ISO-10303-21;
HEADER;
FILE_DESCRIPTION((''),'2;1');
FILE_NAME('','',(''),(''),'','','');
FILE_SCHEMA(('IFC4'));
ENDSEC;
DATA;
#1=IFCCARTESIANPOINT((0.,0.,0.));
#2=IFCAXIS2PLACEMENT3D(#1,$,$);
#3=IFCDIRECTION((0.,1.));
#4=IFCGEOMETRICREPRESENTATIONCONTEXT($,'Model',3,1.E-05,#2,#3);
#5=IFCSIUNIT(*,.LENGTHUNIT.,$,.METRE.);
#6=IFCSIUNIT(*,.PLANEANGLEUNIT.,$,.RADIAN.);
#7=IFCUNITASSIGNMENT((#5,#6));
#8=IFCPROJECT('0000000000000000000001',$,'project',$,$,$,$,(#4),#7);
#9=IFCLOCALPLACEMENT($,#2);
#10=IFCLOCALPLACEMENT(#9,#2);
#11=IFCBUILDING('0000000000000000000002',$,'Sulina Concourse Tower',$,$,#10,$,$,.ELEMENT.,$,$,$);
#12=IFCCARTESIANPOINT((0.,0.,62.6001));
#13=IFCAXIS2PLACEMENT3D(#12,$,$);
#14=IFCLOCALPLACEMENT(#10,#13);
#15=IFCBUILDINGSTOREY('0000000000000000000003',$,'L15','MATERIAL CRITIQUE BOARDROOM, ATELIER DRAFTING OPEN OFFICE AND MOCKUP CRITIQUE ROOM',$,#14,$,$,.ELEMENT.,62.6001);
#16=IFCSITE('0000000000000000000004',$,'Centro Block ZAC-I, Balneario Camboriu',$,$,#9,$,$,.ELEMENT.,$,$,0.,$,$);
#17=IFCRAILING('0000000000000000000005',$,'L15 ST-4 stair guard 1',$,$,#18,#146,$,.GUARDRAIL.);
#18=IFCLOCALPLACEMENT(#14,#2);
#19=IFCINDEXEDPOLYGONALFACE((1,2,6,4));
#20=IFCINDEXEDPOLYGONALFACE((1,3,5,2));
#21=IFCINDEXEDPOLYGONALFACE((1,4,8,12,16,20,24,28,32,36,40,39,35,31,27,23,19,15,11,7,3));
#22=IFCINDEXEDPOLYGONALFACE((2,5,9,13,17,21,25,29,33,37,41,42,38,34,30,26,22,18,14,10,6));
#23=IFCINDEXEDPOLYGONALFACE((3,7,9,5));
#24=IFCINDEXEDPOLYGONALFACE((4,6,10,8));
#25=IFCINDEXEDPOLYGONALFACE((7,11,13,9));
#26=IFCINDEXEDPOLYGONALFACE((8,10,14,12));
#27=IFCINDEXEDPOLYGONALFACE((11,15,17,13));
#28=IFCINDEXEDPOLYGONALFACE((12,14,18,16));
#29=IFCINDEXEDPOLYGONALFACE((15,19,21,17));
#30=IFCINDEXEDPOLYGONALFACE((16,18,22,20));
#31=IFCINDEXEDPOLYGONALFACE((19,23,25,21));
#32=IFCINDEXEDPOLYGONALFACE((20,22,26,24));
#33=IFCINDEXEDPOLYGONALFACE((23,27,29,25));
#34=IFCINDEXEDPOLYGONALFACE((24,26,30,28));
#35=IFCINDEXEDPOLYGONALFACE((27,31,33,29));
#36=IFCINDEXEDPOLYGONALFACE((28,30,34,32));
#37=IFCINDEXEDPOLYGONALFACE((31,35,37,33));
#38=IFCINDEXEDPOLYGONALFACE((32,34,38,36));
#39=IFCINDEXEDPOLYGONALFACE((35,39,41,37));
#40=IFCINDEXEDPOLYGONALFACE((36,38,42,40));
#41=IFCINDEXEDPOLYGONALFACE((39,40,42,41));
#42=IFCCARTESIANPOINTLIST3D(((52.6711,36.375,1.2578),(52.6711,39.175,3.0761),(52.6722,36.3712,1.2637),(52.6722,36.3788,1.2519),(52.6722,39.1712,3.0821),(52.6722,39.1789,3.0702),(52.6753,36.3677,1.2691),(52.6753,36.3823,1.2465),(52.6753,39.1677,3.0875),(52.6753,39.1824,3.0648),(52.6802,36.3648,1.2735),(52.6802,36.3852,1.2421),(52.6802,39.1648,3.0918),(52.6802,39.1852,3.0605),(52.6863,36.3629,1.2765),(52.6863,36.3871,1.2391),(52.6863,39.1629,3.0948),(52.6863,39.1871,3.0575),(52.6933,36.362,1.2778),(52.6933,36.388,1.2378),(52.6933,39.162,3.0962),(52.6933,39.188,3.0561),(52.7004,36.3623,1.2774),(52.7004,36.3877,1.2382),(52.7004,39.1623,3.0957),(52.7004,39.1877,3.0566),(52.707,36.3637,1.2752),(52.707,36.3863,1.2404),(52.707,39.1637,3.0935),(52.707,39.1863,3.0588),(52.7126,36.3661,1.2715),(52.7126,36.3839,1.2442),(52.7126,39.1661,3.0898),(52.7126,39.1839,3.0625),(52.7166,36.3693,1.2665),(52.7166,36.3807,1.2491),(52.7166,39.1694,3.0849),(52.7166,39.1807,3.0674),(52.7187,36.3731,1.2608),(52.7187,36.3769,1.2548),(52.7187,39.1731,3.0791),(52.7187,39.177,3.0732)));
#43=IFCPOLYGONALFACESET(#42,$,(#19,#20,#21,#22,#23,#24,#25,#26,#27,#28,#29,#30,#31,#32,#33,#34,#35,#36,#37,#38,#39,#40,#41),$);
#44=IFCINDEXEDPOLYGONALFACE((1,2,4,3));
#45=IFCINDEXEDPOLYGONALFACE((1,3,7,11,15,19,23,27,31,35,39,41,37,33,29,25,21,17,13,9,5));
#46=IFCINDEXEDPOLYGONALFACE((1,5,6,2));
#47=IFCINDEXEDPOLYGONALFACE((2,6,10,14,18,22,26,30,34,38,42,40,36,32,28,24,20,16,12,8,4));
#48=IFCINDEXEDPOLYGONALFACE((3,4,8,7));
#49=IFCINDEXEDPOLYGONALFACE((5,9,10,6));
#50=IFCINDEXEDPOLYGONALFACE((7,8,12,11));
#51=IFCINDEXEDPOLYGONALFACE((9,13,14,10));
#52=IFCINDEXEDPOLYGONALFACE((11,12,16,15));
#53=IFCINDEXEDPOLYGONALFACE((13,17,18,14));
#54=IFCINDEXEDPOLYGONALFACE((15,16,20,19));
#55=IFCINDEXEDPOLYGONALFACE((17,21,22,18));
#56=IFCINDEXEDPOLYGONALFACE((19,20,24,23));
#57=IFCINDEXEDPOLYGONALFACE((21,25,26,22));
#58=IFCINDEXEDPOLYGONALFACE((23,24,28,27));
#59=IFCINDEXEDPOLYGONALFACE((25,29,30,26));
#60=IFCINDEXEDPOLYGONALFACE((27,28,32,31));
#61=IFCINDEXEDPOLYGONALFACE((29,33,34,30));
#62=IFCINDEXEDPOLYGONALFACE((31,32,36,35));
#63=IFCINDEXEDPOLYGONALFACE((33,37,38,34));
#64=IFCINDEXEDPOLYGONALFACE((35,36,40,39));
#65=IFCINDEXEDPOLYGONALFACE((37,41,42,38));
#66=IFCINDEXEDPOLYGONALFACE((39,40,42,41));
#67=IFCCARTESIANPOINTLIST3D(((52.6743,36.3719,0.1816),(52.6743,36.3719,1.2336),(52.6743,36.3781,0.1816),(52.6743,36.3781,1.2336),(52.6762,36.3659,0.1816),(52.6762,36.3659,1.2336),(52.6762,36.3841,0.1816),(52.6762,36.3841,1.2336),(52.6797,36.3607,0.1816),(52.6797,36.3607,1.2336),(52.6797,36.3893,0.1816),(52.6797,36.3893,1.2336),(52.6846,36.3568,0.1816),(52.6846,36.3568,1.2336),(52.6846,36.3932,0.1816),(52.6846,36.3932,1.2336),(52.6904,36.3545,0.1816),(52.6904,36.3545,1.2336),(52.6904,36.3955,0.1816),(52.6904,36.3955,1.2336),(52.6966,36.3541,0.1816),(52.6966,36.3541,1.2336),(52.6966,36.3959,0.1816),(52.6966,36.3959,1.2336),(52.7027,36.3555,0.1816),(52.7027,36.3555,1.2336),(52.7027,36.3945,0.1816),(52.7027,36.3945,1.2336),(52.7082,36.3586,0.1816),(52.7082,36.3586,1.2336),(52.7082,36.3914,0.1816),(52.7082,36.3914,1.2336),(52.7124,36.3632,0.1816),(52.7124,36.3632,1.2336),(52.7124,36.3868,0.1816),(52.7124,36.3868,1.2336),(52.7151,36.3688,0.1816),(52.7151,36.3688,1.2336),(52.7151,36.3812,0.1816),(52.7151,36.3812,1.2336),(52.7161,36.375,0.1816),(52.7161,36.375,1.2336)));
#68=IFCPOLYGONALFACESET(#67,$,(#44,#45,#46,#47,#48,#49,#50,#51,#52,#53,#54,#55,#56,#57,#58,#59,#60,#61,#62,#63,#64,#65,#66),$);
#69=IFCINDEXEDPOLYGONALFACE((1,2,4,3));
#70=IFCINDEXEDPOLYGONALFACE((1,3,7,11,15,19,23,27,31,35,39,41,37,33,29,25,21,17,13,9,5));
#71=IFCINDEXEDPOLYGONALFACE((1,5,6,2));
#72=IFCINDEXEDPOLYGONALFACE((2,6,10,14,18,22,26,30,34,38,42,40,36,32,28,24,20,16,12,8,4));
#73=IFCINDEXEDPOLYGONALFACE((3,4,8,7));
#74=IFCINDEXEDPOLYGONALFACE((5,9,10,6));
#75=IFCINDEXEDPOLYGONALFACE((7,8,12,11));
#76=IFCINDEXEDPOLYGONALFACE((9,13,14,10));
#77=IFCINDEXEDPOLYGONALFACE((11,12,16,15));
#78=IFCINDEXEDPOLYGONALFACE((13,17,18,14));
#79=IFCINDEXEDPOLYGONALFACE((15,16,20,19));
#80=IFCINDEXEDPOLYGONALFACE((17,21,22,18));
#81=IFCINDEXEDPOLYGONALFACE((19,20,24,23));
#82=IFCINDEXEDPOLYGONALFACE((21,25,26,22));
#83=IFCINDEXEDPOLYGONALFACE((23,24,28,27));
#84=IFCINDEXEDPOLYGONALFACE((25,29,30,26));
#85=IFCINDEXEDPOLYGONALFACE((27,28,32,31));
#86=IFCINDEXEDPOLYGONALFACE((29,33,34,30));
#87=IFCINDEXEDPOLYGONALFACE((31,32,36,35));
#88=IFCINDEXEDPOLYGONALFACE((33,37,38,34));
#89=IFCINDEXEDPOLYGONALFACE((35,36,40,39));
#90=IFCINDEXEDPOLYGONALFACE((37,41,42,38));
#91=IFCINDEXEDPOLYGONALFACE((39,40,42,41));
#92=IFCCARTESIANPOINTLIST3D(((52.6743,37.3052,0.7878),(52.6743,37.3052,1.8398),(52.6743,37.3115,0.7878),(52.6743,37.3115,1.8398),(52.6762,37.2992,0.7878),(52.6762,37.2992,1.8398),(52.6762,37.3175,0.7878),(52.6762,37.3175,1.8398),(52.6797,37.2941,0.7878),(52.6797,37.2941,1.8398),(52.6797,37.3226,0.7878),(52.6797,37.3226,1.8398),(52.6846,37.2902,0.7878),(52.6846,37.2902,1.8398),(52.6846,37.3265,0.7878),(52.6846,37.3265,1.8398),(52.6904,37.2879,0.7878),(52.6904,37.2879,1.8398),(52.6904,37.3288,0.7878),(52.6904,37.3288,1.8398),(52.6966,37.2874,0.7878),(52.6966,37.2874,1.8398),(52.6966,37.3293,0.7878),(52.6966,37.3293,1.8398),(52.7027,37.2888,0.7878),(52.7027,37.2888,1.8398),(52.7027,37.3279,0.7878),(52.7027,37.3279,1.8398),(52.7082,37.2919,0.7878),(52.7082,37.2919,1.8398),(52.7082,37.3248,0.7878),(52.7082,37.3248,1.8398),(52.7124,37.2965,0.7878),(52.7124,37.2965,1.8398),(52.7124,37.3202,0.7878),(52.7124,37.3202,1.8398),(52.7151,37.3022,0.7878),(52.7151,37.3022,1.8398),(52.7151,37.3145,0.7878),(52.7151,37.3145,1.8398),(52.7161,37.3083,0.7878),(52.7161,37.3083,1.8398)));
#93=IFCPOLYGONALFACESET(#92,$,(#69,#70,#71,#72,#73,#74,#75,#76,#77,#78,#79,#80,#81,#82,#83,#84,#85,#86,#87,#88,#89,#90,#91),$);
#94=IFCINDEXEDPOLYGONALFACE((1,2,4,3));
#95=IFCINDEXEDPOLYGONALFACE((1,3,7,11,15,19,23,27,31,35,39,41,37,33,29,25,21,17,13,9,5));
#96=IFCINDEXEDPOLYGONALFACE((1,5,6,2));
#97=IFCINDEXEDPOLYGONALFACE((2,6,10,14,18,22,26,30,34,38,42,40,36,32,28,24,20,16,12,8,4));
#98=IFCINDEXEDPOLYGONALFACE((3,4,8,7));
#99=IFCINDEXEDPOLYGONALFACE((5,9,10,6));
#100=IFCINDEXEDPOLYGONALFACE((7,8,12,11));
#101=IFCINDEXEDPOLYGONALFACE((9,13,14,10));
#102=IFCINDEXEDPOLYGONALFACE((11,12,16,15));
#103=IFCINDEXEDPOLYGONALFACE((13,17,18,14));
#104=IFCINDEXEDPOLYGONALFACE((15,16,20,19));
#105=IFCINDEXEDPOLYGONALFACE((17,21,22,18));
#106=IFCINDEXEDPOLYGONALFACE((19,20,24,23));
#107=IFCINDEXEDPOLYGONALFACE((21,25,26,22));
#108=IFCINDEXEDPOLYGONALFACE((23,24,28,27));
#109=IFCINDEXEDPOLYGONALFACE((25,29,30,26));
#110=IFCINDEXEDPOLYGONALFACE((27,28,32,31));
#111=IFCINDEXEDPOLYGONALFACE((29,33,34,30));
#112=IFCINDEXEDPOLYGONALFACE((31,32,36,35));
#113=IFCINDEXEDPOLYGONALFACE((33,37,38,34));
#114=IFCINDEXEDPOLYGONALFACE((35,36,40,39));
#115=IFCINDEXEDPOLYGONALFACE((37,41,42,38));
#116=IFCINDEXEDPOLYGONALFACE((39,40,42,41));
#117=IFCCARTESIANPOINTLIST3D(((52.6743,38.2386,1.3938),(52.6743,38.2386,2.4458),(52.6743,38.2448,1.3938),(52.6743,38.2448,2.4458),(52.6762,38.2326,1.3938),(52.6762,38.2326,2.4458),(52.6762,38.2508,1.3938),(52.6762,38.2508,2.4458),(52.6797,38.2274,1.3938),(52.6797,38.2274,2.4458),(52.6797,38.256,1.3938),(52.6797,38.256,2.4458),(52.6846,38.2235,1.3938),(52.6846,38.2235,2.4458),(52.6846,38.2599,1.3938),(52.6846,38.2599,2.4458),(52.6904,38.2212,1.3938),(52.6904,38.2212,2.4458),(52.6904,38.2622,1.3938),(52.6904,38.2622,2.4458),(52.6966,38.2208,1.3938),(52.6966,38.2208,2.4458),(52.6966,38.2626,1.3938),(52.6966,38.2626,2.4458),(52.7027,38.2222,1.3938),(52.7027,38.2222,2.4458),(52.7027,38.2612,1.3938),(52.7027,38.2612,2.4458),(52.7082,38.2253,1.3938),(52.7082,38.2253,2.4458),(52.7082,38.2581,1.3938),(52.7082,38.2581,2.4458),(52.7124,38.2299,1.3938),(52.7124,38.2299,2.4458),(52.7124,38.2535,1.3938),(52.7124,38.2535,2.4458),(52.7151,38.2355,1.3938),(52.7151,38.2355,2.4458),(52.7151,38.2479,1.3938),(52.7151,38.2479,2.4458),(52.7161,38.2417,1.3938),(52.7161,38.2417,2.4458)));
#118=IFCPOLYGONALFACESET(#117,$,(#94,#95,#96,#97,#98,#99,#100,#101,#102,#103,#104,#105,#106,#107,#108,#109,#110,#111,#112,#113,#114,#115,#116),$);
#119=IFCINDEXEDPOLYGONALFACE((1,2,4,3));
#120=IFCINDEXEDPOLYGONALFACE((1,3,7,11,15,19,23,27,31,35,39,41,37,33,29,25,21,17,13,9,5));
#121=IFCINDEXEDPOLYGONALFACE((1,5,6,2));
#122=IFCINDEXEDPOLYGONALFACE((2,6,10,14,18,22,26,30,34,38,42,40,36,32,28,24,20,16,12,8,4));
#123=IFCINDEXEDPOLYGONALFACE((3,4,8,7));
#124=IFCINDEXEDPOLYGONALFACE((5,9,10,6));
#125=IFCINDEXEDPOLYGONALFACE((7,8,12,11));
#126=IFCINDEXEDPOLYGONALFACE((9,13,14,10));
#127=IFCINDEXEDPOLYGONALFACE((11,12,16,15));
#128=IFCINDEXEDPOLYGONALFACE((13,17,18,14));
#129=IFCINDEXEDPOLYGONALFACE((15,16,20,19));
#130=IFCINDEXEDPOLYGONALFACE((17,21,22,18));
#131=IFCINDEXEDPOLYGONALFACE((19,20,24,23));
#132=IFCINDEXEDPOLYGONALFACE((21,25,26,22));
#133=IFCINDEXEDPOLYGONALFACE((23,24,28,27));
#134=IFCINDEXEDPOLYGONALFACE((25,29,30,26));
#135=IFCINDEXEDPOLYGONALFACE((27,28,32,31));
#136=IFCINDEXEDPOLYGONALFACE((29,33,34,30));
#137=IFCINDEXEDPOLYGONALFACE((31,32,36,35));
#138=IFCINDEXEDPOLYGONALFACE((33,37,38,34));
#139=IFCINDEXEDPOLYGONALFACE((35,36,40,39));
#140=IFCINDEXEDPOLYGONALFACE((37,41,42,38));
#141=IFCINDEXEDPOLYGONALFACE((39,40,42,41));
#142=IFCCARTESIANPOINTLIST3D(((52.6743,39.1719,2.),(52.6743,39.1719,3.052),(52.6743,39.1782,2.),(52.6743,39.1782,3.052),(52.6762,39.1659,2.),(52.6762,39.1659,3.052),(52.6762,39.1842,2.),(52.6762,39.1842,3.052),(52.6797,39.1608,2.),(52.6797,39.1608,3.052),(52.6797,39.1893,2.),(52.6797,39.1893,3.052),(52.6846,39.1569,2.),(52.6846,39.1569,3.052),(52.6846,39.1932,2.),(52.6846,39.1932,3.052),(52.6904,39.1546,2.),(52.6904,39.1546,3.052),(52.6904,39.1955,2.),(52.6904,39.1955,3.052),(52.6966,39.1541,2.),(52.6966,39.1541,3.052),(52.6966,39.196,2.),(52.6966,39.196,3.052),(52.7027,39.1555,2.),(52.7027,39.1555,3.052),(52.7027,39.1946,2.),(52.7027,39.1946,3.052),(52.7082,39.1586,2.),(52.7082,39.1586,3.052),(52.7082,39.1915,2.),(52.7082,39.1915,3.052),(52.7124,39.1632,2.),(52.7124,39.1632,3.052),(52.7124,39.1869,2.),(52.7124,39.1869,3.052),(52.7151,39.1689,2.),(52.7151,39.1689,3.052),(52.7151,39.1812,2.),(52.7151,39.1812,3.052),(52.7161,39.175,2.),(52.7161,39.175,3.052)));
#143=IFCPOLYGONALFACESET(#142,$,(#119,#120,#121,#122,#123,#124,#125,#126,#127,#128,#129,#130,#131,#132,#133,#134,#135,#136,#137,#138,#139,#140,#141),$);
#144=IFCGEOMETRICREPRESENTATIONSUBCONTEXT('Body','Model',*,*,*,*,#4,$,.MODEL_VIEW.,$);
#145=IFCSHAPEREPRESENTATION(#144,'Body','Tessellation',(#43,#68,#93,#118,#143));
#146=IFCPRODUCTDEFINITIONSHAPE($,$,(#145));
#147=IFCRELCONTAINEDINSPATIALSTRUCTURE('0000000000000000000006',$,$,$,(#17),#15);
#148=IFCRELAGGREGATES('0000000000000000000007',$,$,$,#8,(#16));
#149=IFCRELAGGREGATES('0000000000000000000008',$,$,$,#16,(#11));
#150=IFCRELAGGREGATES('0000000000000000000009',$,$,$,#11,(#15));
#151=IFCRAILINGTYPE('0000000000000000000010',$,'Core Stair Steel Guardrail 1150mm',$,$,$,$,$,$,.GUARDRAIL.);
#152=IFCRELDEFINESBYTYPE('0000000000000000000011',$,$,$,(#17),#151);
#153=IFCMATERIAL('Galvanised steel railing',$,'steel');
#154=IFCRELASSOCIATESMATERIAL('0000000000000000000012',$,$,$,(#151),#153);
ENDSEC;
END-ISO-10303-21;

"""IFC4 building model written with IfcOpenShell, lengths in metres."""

from ifc_helpers import new_model, si_unit, direction, frame, origin, origin_2d, place, context, subcontext, project, spatial, circle, extrude, material, type_object, element, save


model = new_model("IFC4")

# Units and contexts
model_context = context("Model", 3, precision=1e-05, world=origin(), true_north=direction((0.0, 1.0)))
body_context = subcontext(model_context, "Body", "Model", "MODEL_VIEW")
ifc_project = project(units=[si_unit("LENGTHUNIT", "METRE"), si_unit("PLANEANGLEUNIT", "RADIAN")], contexts=[model_context])

# Site, building, storey
site_placement = place(None, origin())
site = spatial("IfcSite", under=ifc_project, at=site_placement, Name="Centro Block ZAC-I, Balneario Camboriu", CompositionType="ELEMENT", RefElevation=0.0)
building_placement = place(site_placement, origin())
building = spatial("IfcBuilding", under=site, at=building_placement, Name="Sulina Concourse Tower", CompositionType="ELEMENT")
storey_placement = place(building_placement, frame((0.0, 0.0, 62.6001)))
storey = spatial("IfcBuildingStorey", under=building, at=storey_placement, Name="L15", Description="MATERIAL CRITIQUE BOARDROOM, ATELIER DRAFTING OPEN OFFICE AND MOCKUP CRITIQUE ROOM", CompositionType="ELEMENT", Elevation=62.6001)

# Railing
ifc_material_1 = material(Name="Galvanised steel railing", Category="steel")
railing_type_1 = type_object("IfcRailingType", Name="Core Stair Steel Guardrail 1150mm", PredefinedType="GUARDRAIL", material=ifc_material_1)
railing_1_placement = place(storey_placement, frame((52.6951, 36.375, 0.1816)))
element("IfcRailing", 1, at=railing_1_placement, inside=storey, type_object=railing_type_1, Name="L15 ST-4 stair guard 1", PredefinedType="GUARDRAIL", context=body_context, shape_type="SweptSolid", body=[
    extrude(circle(Radius=0.0239, at=origin_2d()), frame((0.0, 0.0, 1.0762), z_axis=(0.0, 0.838672, 0.544636), x_axis=(-1.0, 0.0, 0.0)), (0.0, 0.0, 1.0), 3.3386),
    extrude(circle(Radius=0.021, at=origin_2d()), origin(), (0.0, 0.0, 1.0), 1.052),
    extrude(circle(Radius=0.021, at=origin_2d()), frame((0.0, 0.9333, 0.6062)), (0.0, 0.0, 1.0), 1.052),
    extrude(circle(Radius=0.021, at=origin_2d()), frame((0.0, 1.8667, 1.2122)), (0.0, 0.0, 1.0), 1.052),
    extrude(circle(Radius=0.021, at=origin_2d()), frame((0.0, 2.8, 1.8184)), (0.0, 0.0, 1.0), 1.052),
])

save(model, "model.ifc")
